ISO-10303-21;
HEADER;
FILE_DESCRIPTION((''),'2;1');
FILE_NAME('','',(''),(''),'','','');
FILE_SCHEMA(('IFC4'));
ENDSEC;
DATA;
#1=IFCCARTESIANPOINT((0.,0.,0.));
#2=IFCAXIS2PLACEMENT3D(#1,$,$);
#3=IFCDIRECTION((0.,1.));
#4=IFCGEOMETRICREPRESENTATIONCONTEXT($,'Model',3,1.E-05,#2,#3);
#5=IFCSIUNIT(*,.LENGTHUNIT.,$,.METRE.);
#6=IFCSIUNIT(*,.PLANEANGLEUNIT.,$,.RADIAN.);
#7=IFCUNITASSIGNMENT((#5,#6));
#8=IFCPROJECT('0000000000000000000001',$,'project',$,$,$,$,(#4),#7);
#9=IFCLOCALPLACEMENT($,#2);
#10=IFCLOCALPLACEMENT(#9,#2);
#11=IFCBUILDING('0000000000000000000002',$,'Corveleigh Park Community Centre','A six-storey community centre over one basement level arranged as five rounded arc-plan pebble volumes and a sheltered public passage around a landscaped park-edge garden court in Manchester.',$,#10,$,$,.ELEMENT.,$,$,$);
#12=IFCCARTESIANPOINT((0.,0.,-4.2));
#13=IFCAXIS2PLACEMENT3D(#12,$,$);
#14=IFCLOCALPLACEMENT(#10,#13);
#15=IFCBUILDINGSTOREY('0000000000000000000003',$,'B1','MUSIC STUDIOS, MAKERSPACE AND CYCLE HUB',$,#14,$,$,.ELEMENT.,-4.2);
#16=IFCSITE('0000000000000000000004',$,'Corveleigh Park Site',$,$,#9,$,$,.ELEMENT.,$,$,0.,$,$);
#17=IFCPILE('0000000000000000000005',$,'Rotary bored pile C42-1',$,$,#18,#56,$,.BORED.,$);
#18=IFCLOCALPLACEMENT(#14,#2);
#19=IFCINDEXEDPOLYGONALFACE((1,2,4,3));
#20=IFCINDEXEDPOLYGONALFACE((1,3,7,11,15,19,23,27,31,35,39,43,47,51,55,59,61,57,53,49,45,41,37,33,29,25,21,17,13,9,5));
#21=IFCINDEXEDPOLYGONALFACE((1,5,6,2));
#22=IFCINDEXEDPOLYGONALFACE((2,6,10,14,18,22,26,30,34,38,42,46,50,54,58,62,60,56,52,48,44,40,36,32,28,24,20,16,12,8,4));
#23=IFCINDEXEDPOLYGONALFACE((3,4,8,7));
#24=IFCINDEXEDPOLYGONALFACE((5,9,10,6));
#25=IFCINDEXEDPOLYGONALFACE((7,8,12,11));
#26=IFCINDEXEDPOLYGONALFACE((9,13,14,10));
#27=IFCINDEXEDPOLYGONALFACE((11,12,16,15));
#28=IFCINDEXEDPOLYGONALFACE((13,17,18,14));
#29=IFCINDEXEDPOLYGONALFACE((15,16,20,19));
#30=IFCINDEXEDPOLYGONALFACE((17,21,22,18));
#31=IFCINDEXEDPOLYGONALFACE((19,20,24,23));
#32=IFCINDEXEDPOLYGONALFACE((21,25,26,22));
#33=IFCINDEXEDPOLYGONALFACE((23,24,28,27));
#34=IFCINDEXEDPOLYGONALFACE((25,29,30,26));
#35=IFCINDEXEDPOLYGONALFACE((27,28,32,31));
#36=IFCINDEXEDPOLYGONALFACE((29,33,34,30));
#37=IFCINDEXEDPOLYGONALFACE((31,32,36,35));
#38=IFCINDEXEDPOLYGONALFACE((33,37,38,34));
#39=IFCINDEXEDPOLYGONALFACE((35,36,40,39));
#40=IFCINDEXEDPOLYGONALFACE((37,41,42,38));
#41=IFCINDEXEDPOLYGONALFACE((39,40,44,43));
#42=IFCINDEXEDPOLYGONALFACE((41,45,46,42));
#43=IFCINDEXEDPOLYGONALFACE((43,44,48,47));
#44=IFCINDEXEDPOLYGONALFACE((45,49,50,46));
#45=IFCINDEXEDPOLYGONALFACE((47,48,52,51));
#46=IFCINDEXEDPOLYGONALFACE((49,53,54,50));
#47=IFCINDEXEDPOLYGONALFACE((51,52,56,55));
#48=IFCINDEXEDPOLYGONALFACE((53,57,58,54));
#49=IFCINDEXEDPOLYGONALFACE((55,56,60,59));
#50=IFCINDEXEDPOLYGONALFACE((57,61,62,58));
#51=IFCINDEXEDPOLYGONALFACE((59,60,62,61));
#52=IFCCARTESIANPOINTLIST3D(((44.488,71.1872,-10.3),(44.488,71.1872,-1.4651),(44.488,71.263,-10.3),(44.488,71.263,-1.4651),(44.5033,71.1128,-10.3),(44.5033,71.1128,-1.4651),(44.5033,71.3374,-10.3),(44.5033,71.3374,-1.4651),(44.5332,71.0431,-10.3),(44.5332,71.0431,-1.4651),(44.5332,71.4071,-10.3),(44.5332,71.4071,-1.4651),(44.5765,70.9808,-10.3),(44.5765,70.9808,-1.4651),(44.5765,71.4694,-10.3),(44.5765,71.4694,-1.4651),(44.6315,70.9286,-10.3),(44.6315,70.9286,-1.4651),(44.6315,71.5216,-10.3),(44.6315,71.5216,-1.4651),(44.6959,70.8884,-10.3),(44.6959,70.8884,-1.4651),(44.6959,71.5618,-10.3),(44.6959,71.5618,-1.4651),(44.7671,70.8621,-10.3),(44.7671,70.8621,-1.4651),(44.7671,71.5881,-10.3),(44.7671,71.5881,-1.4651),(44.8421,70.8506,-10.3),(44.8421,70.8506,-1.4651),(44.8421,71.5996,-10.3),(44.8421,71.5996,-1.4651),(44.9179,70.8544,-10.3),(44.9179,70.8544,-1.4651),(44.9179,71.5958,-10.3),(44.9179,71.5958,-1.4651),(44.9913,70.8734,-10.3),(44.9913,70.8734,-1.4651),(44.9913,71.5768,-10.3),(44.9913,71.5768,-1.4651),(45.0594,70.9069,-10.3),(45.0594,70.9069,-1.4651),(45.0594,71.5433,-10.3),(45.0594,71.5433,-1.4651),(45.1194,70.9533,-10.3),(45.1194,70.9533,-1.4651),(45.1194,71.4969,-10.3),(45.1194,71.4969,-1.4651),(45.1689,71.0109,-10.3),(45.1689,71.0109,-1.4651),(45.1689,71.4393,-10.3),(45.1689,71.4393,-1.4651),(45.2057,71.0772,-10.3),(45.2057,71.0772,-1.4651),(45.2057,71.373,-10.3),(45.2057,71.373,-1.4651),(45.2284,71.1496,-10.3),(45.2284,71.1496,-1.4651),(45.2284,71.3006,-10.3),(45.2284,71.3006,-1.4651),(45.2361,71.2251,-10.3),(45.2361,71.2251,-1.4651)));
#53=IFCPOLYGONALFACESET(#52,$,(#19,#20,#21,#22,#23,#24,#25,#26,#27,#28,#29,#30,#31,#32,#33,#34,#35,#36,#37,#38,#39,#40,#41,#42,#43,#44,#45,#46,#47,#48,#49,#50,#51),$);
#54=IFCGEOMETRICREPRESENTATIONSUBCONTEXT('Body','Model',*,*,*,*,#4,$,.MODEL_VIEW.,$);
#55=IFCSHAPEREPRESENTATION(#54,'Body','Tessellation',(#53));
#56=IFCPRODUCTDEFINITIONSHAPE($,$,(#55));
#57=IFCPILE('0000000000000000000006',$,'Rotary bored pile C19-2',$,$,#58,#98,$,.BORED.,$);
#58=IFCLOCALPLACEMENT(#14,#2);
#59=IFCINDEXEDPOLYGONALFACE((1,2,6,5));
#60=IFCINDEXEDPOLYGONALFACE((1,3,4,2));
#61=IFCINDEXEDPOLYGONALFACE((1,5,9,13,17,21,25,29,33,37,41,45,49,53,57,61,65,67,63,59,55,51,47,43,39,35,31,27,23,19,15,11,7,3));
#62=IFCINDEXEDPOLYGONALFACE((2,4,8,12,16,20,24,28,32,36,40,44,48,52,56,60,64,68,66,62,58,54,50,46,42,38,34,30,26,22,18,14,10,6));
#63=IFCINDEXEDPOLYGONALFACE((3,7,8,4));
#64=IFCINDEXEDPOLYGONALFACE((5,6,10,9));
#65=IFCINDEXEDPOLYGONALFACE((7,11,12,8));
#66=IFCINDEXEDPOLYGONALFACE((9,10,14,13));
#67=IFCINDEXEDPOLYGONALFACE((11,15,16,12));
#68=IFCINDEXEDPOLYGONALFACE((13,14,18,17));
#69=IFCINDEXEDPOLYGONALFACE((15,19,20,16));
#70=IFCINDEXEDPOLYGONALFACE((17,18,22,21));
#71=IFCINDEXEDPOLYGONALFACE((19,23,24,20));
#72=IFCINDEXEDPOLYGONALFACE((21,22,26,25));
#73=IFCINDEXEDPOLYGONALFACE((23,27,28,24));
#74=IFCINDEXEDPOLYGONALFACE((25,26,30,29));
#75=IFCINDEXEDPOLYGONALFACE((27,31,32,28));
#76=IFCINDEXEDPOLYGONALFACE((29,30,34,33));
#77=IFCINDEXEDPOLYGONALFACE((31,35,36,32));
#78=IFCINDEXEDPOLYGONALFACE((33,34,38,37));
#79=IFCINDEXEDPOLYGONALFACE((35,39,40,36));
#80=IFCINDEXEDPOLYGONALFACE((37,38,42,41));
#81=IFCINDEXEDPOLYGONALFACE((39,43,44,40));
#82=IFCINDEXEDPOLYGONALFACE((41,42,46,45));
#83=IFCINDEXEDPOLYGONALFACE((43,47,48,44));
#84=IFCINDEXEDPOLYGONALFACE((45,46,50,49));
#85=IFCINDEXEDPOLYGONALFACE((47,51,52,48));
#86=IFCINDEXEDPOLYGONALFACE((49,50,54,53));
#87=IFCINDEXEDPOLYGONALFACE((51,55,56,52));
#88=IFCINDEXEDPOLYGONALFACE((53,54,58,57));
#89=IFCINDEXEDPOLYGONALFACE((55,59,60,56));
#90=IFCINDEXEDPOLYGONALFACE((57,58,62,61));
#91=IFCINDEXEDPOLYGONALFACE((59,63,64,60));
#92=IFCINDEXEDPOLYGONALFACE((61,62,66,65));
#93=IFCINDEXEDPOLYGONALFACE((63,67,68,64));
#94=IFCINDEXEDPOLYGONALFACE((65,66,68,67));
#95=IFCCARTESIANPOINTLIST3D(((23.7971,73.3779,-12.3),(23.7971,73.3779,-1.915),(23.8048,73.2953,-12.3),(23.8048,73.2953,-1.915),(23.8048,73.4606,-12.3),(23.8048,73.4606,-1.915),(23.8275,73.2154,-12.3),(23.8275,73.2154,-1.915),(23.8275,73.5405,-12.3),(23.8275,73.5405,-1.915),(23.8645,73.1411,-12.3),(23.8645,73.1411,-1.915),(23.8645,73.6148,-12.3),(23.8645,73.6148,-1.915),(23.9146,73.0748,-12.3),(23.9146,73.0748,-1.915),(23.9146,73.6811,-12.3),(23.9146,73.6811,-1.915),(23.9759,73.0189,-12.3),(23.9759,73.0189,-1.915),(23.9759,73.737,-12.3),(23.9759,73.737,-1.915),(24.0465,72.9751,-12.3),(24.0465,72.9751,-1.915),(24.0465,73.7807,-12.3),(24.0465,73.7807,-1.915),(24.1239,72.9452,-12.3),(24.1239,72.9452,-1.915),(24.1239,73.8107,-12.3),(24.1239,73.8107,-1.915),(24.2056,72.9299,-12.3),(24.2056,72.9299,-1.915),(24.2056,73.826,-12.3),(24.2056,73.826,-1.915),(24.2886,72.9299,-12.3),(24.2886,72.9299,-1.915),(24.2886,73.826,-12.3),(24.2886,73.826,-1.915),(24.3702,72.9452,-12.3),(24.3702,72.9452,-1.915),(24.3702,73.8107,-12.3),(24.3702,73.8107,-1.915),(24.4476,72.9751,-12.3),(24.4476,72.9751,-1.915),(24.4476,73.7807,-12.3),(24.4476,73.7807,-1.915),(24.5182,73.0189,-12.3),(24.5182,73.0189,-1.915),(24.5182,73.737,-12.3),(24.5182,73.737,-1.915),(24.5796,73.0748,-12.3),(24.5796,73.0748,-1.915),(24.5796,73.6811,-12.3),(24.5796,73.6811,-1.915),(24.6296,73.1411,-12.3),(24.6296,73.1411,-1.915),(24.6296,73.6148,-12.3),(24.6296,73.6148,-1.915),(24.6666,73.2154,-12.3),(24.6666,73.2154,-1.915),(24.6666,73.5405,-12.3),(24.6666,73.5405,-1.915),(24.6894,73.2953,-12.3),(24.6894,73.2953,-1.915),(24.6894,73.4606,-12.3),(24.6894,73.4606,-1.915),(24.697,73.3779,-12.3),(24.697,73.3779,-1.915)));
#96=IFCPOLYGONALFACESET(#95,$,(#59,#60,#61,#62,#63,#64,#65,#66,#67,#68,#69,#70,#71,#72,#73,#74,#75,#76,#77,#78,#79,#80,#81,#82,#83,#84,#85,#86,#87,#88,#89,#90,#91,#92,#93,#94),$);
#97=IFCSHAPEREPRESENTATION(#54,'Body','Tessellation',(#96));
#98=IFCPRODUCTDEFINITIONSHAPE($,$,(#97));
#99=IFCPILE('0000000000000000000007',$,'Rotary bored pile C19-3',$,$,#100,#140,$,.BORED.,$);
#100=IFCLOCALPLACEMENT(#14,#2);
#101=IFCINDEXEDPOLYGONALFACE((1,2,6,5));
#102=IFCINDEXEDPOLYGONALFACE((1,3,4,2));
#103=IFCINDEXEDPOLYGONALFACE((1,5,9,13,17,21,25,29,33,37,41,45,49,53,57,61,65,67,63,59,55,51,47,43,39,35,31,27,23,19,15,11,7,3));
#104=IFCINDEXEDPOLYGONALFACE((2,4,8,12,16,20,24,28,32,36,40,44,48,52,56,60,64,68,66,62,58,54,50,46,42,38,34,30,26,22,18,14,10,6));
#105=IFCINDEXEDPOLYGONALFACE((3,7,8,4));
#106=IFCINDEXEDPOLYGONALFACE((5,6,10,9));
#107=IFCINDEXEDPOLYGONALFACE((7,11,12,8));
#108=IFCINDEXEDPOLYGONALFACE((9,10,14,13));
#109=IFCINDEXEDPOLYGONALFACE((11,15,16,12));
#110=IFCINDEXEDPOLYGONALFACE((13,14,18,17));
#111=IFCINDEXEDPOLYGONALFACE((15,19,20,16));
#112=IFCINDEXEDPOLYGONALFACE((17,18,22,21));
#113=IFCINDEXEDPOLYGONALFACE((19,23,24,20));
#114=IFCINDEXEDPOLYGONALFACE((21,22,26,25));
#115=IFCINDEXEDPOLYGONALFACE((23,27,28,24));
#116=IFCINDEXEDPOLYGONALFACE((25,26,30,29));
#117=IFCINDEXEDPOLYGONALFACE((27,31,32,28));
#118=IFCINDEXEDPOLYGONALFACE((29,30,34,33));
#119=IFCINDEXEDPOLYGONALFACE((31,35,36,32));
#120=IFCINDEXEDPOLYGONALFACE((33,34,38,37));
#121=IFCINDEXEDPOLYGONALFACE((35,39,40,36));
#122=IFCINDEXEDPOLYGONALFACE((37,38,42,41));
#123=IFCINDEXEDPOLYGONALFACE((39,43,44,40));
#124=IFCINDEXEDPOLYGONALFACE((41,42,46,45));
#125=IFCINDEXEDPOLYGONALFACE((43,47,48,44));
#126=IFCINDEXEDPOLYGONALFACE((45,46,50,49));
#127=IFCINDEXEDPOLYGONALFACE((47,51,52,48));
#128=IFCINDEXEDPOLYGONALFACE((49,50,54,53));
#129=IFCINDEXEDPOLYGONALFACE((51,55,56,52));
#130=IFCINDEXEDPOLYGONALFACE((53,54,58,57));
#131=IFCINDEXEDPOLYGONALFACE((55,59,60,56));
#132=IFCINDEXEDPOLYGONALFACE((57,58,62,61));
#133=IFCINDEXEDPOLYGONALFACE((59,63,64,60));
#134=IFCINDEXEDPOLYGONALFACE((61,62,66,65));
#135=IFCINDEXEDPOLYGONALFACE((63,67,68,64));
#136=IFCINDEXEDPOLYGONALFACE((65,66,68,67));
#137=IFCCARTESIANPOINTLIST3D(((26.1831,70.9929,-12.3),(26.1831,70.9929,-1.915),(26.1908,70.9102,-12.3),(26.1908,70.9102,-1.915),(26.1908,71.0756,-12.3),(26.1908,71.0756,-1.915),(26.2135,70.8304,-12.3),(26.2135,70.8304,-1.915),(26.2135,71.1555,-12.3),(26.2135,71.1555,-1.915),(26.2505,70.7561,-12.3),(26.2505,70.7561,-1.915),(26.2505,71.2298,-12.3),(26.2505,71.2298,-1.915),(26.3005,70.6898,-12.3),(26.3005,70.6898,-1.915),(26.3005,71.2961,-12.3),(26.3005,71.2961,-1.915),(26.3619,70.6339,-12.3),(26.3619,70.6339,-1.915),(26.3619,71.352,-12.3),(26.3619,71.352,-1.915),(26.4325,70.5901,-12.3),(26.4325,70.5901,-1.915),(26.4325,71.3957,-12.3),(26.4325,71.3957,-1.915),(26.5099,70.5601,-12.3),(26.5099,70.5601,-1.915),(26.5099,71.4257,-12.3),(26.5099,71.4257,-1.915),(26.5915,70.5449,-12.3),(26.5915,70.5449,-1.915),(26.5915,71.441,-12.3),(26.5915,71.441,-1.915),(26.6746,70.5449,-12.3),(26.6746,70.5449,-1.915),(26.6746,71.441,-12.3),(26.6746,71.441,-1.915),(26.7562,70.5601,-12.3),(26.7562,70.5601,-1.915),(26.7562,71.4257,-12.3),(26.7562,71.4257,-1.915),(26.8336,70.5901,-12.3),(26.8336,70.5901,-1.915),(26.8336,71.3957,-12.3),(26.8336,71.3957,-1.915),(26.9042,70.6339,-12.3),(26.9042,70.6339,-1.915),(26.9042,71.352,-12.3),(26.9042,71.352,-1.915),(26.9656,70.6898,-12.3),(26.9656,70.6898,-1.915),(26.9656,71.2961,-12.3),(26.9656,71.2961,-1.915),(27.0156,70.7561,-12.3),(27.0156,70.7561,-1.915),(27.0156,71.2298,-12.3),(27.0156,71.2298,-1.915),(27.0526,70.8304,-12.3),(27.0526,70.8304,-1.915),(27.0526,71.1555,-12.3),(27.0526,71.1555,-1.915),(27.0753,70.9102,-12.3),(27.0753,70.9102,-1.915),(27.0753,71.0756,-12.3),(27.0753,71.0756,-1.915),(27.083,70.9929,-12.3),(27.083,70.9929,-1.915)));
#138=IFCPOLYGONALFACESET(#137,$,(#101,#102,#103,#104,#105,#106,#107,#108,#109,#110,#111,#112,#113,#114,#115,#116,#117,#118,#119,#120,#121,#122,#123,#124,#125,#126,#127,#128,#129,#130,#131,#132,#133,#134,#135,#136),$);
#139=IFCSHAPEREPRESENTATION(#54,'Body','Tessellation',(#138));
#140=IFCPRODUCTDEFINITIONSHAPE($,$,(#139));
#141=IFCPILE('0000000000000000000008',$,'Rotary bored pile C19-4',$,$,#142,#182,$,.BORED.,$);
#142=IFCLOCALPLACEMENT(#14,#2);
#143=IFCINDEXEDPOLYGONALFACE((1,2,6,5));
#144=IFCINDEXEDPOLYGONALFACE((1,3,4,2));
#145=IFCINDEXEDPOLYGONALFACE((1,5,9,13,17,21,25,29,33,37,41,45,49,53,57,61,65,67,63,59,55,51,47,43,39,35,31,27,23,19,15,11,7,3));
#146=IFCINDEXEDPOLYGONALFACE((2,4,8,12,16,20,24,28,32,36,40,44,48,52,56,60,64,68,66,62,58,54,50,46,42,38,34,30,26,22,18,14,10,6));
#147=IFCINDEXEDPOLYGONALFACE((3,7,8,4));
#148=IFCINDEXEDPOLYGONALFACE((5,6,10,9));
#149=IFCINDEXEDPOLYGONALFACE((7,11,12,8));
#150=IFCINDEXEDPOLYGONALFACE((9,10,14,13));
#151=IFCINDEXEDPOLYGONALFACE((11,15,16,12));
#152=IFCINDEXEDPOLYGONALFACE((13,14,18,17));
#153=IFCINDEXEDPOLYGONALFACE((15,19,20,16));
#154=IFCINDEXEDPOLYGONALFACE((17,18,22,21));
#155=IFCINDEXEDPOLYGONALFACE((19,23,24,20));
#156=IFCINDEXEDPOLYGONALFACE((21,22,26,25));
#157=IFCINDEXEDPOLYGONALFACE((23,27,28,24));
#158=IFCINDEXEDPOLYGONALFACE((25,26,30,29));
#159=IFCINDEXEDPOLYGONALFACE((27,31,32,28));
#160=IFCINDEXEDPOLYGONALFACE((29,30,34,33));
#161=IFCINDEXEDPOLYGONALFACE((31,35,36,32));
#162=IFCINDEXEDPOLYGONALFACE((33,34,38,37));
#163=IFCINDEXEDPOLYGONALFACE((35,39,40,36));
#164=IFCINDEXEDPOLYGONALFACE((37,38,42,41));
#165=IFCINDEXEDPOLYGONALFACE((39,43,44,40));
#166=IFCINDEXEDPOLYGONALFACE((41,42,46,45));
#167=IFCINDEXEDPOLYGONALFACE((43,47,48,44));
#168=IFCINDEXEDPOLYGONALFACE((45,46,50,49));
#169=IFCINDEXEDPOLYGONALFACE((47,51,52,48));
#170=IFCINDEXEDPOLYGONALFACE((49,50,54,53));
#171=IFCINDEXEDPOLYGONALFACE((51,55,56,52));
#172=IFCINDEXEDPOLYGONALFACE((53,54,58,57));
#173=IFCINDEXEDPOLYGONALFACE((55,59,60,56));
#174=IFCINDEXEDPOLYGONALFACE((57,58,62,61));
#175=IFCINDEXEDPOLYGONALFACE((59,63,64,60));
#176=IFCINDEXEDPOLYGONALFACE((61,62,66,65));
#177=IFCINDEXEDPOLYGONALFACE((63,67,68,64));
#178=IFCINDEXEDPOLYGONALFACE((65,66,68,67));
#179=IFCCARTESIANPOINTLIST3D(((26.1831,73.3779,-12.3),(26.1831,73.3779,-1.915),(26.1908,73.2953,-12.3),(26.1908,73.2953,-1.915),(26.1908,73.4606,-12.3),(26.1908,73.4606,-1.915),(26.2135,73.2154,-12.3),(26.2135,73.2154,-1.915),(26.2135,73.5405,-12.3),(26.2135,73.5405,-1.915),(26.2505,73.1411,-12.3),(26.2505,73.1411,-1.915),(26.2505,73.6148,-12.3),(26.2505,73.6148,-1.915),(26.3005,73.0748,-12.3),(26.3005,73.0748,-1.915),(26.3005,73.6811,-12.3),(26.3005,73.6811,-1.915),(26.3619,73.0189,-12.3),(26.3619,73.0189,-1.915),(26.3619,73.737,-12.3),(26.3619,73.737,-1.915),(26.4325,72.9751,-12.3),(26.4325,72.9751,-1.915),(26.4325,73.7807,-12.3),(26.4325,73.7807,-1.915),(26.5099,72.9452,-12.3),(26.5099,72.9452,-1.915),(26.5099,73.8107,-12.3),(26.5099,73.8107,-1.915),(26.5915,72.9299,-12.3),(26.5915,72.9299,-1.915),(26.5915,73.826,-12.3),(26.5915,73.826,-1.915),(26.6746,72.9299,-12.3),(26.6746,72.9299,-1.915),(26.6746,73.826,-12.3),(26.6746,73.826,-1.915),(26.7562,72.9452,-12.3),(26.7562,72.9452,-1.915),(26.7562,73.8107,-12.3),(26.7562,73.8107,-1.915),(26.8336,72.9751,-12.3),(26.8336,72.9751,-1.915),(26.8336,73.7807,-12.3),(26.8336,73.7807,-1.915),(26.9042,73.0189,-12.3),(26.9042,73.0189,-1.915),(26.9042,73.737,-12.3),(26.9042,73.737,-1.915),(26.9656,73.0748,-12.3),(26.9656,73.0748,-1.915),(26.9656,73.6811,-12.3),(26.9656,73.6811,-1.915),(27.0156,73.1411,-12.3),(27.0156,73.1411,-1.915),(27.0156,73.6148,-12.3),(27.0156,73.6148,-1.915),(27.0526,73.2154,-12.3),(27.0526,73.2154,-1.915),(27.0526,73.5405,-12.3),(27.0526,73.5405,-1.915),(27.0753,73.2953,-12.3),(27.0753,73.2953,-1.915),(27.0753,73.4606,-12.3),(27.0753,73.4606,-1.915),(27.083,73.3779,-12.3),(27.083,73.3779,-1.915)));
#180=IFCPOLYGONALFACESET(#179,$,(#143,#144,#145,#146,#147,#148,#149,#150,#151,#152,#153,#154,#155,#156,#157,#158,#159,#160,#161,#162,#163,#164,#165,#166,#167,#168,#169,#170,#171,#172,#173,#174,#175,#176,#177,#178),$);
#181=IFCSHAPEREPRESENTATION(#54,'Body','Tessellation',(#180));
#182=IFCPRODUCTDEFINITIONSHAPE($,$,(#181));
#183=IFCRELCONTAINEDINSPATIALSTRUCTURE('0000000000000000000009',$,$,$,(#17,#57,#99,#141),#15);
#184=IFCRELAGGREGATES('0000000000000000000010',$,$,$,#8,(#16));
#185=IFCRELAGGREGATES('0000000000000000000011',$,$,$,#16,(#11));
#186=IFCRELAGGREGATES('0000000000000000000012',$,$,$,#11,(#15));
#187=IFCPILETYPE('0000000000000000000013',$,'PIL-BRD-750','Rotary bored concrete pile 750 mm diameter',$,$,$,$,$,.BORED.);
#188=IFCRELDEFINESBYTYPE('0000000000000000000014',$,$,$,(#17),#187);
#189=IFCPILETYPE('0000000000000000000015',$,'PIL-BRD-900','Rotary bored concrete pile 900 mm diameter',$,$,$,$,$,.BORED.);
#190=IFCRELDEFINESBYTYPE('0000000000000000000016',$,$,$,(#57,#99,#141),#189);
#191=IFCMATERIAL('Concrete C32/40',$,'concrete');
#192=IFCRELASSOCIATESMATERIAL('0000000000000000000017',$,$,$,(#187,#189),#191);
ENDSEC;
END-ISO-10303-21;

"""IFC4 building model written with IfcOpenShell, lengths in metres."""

from ifc_helpers import new_model, si_unit, direction, frame, origin, origin_2d, place, context, subcontext, project, spatial, circle, extrude, material, material_profile, profile_set, type_object, element, save


model = new_model("IFC4")

# Units and contexts
model_context = context("Model", 3, precision=1e-05, world=origin(), true_north=direction((0.0, 1.0)))
body_context = subcontext(model_context, "Body", "Model", "MODEL_VIEW")
ifc_project = project(units=[si_unit("LENGTHUNIT", "METRE"), si_unit("PLANEANGLEUNIT", "RADIAN")], contexts=[model_context])

# Site, building, storey
site_placement = place(None, origin())
site = spatial("IfcSite", under=ifc_project, at=site_placement, Name="Corveleigh Park Site", CompositionType="ELEMENT", RefElevation=0.0)
building_placement = place(site_placement, origin())
building = spatial("IfcBuilding", under=site, at=building_placement, Name="Corveleigh Park Community Centre", Description="A six-storey community centre over one basement level arranged as five rounded arc-plan pebble volumes and a sheltered public passage around a landscaped park-edge garden court in Manchester.", CompositionType="ELEMENT")
storey_placement = place(building_placement, frame((0.0, 0.0, -4.2)))
storey = spatial("IfcBuildingStorey", under=building, at=storey_placement, Name="B1", Description="MUSIC STUDIOS, MAKERSPACE AND CYCLE HUB", CompositionType="ELEMENT", Elevation=-4.2)

# Piles
ifc_material_1 = material(Name="Concrete C32/40", Category="concrete")
ifc_material_profile_1 = material_profile(ifc_material_1, circle(Radius=0.375, at=origin_2d()), Name="BORED-PILE-750", Category="concrete")
ifc_profile_set_1 = profile_set([ifc_material_profile_1], Name="Concrete C32/40")
pile_type_1 = type_object("IfcPileType", Name="PIL-BRD-750", Description="Rotary bored concrete pile 750 mm diameter", PredefinedType="BORED", material=ifc_profile_set_1)
pile_placement = place(storey_placement, frame((44.8611, 71.2251, -1.4651), z_axis=(0.0, 0.0, -1.0), x_axis=(1.0, 0.0, 0.0)))
element("IfcPile", 1, at=pile_placement, inside=storey, type_object=pile_type_1, Name="Rotary bored pile C42-1", PredefinedType="BORED", context=body_context, shape_type="SweptSolid", body=[
    extrude(circle(Radius=0.375, at=origin_2d()), origin(), (0.0, 0.0, 1.0), 8.835),
])
ifc_material_profile_2 = material_profile(ifc_material_1, circle(Radius=0.45, at=origin_2d()), Name="BORED-PILE-900", Category="concrete")
ifc_profile_set_2 = profile_set([ifc_material_profile_2], Name="Concrete C32/40")
pile_type_2 = type_object("IfcPileType", Name="PIL-BRD-900", Description="Rotary bored concrete pile 900 mm diameter", PredefinedType="BORED", material=ifc_profile_set_2)
for number, where, z_axis, x_axis, name in (
    (2, (24.2471, 73.3779, -1.915), (0.0, 0.0, -1.0), (1.0, 0.0, 0.0), "Rotary bored pile C19-2"),
    (3, (26.6331, 70.9929, -1.915), (0.0, 0.0, -1.0), (1.0, 0.0, 0.0), "Rotary bored pile C19-3"),
    (4, (26.6331, 73.3779, -1.915), (0.0, 0.0, -1.0), (1.0, 0.0, 0.0), "Rotary bored pile C19-4"),
):
    element("IfcPile", number, at=place(storey_placement, frame(where, z_axis=z_axis, x_axis=x_axis)), inside=storey, type_object=pile_type_2, Name=name, PredefinedType="BORED", context=body_context, shape_type="SweptSolid", body=[
        extrude(circle(Radius=0.45, at=origin_2d()), origin(), (0.0, 0.0, 1.0), 10.385),
    ])

save(model, "model.ifc")
